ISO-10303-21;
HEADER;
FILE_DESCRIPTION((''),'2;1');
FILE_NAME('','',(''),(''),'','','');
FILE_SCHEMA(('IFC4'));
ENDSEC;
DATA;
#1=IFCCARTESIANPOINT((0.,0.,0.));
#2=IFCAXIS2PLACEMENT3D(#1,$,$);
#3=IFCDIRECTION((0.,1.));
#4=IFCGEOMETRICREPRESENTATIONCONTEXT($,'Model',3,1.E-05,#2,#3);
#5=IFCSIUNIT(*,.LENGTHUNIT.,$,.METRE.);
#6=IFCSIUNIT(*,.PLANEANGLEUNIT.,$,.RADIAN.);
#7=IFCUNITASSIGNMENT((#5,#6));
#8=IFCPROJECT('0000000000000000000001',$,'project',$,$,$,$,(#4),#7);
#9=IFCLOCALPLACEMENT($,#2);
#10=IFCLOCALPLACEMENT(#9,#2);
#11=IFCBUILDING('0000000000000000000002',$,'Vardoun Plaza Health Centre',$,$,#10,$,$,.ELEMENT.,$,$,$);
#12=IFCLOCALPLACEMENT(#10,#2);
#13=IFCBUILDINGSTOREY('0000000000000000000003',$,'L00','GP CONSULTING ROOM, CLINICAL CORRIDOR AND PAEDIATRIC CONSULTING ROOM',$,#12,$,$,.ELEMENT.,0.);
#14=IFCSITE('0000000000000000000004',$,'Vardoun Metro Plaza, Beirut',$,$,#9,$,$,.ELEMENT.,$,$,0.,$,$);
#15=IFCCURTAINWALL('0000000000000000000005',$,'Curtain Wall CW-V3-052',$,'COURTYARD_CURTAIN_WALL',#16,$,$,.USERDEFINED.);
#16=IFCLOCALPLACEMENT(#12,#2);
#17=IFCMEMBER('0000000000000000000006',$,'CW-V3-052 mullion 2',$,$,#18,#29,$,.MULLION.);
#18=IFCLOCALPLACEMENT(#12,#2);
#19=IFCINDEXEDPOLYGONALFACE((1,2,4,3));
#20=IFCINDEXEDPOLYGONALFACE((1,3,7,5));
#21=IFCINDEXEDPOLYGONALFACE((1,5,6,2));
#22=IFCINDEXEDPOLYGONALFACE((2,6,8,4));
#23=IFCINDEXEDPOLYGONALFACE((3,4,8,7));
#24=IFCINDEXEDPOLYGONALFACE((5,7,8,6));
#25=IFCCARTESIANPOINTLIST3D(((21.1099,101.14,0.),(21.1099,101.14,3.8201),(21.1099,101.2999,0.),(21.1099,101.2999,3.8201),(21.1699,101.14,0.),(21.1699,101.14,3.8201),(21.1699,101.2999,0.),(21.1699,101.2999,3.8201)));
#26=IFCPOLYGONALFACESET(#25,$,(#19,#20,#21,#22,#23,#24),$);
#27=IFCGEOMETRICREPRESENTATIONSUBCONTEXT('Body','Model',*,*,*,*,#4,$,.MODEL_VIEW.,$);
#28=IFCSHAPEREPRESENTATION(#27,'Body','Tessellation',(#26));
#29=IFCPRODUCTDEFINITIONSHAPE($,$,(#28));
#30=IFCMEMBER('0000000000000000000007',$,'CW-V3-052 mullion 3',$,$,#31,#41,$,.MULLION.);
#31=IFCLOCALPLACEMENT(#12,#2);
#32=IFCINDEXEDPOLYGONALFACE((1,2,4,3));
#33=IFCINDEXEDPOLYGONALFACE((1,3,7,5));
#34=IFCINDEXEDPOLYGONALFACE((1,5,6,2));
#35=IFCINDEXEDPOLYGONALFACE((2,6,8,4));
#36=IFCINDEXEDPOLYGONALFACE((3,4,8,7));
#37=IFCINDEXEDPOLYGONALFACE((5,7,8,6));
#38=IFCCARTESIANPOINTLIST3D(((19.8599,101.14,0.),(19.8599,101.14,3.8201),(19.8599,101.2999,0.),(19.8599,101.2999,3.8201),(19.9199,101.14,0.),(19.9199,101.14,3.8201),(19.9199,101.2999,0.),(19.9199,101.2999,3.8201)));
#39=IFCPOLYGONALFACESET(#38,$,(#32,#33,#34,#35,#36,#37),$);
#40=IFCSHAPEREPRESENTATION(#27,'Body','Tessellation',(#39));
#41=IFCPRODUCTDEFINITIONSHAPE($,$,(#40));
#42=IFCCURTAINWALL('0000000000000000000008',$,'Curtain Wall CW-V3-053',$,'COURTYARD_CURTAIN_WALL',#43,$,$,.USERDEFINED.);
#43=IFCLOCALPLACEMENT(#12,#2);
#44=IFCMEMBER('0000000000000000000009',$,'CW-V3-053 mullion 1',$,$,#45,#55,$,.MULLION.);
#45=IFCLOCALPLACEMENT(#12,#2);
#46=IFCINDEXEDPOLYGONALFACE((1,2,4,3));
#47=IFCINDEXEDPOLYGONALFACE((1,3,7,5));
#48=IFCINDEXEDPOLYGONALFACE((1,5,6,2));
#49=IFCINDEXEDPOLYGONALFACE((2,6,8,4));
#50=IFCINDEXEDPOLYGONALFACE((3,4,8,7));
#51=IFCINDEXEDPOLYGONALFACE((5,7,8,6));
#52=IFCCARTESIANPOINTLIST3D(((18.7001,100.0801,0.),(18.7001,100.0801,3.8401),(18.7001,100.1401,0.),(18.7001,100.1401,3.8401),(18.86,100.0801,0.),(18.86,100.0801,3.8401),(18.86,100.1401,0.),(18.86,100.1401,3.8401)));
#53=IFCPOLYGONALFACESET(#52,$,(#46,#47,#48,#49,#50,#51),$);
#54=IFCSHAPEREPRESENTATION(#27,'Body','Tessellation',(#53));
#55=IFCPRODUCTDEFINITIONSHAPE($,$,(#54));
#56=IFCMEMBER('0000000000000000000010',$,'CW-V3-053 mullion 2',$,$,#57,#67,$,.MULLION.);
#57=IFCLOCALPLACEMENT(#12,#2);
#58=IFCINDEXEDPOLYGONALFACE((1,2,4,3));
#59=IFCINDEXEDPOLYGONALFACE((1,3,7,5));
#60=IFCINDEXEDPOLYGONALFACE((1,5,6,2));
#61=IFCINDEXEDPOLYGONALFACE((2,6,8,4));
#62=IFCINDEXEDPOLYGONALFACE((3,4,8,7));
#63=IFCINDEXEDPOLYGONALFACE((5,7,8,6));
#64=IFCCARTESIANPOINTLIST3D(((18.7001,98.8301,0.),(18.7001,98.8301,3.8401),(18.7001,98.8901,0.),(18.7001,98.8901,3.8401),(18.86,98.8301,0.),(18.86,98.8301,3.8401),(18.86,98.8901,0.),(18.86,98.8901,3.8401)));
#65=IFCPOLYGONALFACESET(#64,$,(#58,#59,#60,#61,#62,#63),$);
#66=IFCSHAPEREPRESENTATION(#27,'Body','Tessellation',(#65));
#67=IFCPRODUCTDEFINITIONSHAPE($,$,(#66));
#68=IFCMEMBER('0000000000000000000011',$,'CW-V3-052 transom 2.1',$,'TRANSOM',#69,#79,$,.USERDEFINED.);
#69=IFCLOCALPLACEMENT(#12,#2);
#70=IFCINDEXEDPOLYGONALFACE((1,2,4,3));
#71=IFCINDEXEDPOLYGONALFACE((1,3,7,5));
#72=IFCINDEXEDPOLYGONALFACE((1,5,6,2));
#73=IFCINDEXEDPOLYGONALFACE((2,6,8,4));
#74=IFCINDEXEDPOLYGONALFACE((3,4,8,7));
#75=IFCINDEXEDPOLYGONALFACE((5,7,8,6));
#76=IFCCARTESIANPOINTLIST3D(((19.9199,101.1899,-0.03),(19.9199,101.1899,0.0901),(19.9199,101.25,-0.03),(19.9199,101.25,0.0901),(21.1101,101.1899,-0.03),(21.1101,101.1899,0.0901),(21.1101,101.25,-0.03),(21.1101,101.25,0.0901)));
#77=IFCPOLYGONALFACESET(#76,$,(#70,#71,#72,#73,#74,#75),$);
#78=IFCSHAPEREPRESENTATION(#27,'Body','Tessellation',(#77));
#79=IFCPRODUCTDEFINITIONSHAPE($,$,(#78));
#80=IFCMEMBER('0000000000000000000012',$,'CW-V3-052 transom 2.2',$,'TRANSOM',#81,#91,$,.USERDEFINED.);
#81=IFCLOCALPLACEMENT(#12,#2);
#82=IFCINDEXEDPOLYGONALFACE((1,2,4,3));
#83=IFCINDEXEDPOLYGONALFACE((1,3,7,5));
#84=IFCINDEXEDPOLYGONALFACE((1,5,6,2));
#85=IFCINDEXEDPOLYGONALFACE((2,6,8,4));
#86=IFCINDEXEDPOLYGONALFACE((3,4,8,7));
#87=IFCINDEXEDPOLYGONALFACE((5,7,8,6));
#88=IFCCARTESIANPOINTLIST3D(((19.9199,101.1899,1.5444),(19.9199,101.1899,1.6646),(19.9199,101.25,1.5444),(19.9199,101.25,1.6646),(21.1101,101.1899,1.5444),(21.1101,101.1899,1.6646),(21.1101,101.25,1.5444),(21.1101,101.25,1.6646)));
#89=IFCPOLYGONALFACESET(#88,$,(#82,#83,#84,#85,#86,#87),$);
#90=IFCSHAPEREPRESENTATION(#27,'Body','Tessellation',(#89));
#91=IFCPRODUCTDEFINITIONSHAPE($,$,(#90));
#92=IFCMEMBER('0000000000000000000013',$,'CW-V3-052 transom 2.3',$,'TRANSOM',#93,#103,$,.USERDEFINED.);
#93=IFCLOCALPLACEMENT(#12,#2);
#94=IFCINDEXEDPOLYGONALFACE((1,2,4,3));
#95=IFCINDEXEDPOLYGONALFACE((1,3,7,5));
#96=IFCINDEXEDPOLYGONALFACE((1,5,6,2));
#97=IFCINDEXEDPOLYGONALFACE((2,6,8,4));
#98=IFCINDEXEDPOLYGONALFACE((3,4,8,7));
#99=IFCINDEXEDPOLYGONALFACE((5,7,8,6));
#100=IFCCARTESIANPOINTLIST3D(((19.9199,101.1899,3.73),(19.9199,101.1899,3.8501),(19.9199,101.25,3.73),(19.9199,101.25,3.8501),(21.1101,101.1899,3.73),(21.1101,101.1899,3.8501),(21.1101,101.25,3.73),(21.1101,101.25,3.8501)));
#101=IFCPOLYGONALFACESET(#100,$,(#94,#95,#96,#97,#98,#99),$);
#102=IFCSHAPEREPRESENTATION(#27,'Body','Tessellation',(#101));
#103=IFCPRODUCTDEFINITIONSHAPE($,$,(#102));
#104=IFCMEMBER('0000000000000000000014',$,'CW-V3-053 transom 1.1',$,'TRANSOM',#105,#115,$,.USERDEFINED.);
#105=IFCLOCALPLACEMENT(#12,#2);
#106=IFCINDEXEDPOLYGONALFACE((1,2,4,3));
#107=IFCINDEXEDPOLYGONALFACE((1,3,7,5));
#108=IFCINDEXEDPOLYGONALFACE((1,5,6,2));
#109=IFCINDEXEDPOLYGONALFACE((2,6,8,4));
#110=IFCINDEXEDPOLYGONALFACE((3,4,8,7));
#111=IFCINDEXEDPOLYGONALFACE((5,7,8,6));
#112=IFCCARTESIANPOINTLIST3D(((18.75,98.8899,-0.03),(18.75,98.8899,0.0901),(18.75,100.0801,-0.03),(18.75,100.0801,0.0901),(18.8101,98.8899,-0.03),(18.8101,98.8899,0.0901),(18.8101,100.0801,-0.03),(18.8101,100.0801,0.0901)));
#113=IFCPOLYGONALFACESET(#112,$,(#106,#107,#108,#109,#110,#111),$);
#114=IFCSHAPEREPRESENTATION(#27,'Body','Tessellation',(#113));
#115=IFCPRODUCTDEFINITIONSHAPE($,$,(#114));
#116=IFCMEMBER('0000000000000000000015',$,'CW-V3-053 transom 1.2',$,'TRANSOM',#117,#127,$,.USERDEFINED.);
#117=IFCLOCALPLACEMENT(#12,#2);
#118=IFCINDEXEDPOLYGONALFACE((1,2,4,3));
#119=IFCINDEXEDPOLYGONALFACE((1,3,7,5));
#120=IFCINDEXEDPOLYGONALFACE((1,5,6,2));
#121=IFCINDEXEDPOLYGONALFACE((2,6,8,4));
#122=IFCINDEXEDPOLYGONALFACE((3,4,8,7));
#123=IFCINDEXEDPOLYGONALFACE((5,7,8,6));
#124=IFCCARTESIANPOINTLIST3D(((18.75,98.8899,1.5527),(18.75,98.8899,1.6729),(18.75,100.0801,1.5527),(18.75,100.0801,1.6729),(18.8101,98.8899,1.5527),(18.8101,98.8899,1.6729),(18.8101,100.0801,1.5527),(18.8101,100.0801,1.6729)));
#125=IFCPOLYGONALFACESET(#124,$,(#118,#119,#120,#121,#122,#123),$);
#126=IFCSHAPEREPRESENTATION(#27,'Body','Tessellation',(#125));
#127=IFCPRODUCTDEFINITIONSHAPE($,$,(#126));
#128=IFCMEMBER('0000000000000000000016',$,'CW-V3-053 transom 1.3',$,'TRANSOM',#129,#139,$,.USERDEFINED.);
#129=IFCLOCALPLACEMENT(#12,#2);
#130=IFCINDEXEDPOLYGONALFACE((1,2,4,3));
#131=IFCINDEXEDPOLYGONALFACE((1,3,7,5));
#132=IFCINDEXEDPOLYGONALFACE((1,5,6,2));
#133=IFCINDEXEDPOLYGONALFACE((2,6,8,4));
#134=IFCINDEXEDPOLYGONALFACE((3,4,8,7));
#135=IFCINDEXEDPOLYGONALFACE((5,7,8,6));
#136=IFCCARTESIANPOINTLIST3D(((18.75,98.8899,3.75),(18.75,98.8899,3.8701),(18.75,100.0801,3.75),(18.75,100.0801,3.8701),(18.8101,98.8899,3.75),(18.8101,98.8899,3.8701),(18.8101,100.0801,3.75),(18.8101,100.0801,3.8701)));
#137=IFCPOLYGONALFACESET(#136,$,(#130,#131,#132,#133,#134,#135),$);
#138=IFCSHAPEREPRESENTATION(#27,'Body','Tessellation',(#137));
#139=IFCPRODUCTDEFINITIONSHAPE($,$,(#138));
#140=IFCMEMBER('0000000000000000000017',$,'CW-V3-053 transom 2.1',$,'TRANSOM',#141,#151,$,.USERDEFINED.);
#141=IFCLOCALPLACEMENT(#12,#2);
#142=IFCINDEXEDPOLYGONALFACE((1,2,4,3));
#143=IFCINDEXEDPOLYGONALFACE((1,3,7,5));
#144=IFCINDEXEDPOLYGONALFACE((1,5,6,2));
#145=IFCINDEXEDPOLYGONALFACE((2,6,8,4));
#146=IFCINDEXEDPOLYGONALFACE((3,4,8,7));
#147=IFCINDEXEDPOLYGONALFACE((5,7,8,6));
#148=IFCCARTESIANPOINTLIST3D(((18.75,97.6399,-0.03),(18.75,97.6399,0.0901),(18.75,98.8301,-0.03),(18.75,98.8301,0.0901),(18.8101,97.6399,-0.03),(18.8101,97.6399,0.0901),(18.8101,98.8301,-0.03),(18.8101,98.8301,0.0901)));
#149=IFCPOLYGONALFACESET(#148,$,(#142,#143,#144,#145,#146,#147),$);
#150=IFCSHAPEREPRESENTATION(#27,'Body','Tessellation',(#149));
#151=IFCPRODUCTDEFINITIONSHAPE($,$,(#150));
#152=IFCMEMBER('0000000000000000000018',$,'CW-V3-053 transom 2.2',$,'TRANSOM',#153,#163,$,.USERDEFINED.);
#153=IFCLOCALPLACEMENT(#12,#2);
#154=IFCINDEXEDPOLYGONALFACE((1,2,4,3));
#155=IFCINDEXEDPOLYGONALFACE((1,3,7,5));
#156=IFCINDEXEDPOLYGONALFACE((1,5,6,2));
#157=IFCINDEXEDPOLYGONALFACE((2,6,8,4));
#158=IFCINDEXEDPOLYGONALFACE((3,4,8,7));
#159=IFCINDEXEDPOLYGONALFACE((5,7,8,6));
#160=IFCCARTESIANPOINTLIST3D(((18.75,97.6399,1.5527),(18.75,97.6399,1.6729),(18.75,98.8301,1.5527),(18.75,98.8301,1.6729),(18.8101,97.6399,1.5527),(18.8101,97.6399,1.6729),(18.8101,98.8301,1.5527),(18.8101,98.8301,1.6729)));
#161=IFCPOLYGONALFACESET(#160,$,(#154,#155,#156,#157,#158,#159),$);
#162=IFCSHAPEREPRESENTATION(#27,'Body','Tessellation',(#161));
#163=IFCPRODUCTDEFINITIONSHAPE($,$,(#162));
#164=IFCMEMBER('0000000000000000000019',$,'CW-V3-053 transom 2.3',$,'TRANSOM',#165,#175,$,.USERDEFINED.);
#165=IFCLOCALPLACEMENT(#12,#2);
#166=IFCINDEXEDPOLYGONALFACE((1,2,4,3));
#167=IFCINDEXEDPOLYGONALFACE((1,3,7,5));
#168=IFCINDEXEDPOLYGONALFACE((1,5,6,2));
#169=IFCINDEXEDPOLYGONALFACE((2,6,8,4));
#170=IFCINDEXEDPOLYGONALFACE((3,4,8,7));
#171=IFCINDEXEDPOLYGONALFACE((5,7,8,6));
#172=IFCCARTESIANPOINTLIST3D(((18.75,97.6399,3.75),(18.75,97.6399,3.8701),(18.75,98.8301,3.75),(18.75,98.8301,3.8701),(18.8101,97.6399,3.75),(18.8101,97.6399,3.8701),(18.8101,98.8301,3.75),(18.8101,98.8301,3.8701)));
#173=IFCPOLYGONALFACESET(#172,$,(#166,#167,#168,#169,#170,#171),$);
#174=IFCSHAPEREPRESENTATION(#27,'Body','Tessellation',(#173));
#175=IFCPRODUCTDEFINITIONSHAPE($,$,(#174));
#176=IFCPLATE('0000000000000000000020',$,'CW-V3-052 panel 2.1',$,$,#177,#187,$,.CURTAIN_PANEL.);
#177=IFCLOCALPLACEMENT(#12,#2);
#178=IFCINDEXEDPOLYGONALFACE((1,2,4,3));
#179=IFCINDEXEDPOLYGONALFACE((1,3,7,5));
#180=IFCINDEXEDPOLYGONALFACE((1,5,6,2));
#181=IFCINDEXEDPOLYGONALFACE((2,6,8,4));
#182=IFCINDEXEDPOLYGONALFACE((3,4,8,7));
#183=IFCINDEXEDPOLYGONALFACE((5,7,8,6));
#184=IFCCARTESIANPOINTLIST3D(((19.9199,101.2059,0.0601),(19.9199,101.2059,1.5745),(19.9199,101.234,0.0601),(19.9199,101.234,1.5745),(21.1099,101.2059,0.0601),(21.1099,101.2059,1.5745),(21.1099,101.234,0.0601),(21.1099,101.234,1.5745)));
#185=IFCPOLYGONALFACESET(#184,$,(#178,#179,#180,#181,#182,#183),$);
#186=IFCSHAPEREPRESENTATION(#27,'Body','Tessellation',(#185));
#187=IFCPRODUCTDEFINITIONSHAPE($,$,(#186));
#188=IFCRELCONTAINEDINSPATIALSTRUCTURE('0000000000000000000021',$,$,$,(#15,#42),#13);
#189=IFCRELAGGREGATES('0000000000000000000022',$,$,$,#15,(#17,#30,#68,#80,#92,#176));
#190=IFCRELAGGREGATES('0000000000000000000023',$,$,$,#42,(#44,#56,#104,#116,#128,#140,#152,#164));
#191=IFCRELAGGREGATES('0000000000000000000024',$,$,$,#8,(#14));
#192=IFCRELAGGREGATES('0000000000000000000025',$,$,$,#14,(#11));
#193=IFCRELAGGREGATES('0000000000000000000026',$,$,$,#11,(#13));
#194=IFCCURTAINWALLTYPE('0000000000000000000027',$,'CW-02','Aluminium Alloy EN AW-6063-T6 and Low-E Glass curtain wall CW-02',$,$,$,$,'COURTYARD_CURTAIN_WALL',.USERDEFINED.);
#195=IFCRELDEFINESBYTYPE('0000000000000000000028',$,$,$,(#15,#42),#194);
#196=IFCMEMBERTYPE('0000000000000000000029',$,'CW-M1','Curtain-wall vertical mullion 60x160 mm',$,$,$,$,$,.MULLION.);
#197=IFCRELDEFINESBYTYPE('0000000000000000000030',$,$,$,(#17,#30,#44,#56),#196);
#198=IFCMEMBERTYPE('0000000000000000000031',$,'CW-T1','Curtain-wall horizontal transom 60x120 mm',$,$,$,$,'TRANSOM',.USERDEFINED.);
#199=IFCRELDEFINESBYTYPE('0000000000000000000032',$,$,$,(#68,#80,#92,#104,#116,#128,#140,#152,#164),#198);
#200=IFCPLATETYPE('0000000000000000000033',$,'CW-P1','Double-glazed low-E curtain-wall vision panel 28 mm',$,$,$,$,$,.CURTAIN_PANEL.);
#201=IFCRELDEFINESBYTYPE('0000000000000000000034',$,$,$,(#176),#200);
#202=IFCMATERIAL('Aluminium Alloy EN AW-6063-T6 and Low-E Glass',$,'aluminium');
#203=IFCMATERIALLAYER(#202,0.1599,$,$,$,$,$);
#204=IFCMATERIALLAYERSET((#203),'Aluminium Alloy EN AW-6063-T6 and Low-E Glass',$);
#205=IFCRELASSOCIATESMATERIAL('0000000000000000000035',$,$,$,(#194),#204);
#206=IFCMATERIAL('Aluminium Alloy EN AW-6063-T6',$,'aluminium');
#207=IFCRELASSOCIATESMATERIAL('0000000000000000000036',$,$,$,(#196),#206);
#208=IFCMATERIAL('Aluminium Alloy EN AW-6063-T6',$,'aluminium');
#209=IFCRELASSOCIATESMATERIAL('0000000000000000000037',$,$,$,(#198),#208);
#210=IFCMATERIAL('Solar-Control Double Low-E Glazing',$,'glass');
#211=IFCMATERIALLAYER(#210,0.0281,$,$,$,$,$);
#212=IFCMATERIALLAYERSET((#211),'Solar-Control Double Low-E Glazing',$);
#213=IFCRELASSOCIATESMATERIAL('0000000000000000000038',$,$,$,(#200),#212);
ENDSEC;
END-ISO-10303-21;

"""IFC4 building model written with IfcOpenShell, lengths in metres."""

from ifc_helpers import new_model, si_unit, direction, frame, origin, origin_2d, place, context, subcontext, project, spatial, rectangle, extrude, material, layer, layer_set, material_profile, profile_set, type_object, element, aggregate, save


model = new_model("IFC4")

# Units and contexts
model_context = context("Model", 3, precision=1e-05, world=origin(), true_north=direction((0.0, 1.0)))
body_context = subcontext(model_context, "Body", "Model", "MODEL_VIEW")
ifc_project = project(units=[si_unit("LENGTHUNIT", "METRE"), si_unit("PLANEANGLEUNIT", "RADIAN")], contexts=[model_context])

# Site, building, storey
site_placement = place(None, origin())
site = spatial("IfcSite", under=ifc_project, at=site_placement, Name="Vardoun Metro Plaza, Beirut", CompositionType="ELEMENT", RefElevation=0.0)
building_placement = place(site_placement, origin())
building = spatial("IfcBuilding", under=site, at=building_placement, Name="Vardoun Plaza Health Centre", CompositionType="ELEMENT")
storey_placement = place(building_placement, origin())
storey = spatial("IfcBuildingStorey", under=building, at=storey_placement, Name="L00", Description="GP CONSULTING ROOM, CLINICAL CORRIDOR AND PAEDIATRIC CONSULTING ROOM", CompositionType="ELEMENT", Elevation=0.0)

# Curtain walls, members
ifc_material_1 = material(Name="Aluminium Alloy EN AW-6063-T6 and Low-E Glass", Category="aluminium")
ifc_layer_1 = layer(ifc_material_1, 0.1599)
ifc_layer_set_1 = layer_set([ifc_layer_1], Name="Aluminium Alloy EN AW-6063-T6 and Low-E Glass")
curtain_wall_type = type_object("IfcCurtainWallType", Name="CW-02", Description="Aluminium Alloy EN AW-6063-T6 and Low-E Glass curtain wall CW-02", ElementType="COURTYARD_CURTAIN_WALL", PredefinedType="USERDEFINED", material=ifc_layer_set_1)
curtain_wall_1_placement = place(storey_placement, origin())
curtain_wall_1 = element("IfcCurtainWall", 1, at=curtain_wall_1_placement, inside=storey, type_object=curtain_wall_type, Name="Curtain Wall CW-V3-052", ObjectType="COURTYARD_CURTAIN_WALL", PredefinedType="USERDEFINED")
ifc_material_2 = material(Name="Aluminium Alloy EN AW-6063-T6", Category="aluminium")
ifc_material_profile_1 = material_profile(ifc_material_2, rectangle(XDim=0.1599, YDim=0.0601, at=origin_2d()), Name="CWM 60x160")
ifc_profile_set_1 = profile_set([ifc_material_profile_1], Name="Aluminium Alloy EN AW-6063-T6")
member_type_1 = type_object("IfcMemberType", Name="CW-M1", Description="Curtain-wall vertical mullion 60x160 mm", PredefinedType="MULLION", material=ifc_profile_set_1)
member_1_placement = place(storey_placement, frame((21.1399, 101.22, 0.0), z_axis=(0.0, 0.0, 1.0), x_axis=(0.0, -1.0, 0.0)))
member_1 = element("IfcMember", 2, at=member_1_placement, type_object=member_type_1, Name="CW-V3-052 mullion 2", PredefinedType="MULLION", context=body_context, shape_type="SweptSolid", body=[
    extrude(rectangle(XDim=0.1599, YDim=0.0601, at=origin_2d()), origin(), (0.0, 0.0, 1.0), 3.8201),
])
member_2_placement = place(storey_placement, frame((19.8899, 101.22, 0.0), z_axis=(0.0, 0.0, 1.0), x_axis=(0.0, -1.0, 0.0)))
member_2 = element("IfcMember", 3, at=member_2_placement, type_object=member_type_1, Name="CW-V3-052 mullion 3", PredefinedType="MULLION", context=body_context, shape_type="SweptSolid", body=[
    extrude(rectangle(XDim=0.1599, YDim=0.0601, at=origin_2d()), origin(), (0.0, 0.0, 1.0), 3.8201),
])
curtain_wall_2_placement = place(storey_placement, origin())
curtain_wall_2 = element("IfcCurtainWall", 4, at=curtain_wall_2_placement, inside=storey, type_object=curtain_wall_type, Name="Curtain Wall CW-V3-053", ObjectType="COURTYARD_CURTAIN_WALL", PredefinedType="USERDEFINED")
member_3_placement = place(storey_placement, frame((18.78, 100.1101, 0.0), z_axis=(0.0, 0.0, 1.0), x_axis=(1.0, 0.0, 0.0)))
member_3 = element("IfcMember", 5, at=member_3_placement, type_object=member_type_1, Name="CW-V3-053 mullion 1", PredefinedType="MULLION", context=body_context, shape_type="SweptSolid", body=[
    extrude(rectangle(XDim=0.1599, YDim=0.0601, at=origin_2d()), origin(), (0.0, 0.0, 1.0), 3.8401),
])
member_4_placement = place(storey_placement, frame((18.78, 98.8601, 0.0), z_axis=(0.0, 0.0, 1.0), x_axis=(1.0, 0.0, 0.0)))
member_4 = element("IfcMember", 6, at=member_4_placement, type_object=member_type_1, Name="CW-V3-053 mullion 2", PredefinedType="MULLION", context=body_context, shape_type="SweptSolid", body=[
    extrude(rectangle(XDim=0.1599, YDim=0.0601, at=origin_2d()), origin(), (0.0, 0.0, 1.0), 3.8401),
])

# Members
ifc_material_3 = material(Name="Aluminium Alloy EN AW-6063-T6", Category="aluminium")
ifc_material_profile_2 = material_profile(ifc_material_3, rectangle(XDim=0.0601, YDim=0.1201, at=origin_2d()), Name="CWT 60x120")
ifc_profile_set_2 = profile_set([ifc_material_profile_2], Name="Aluminium Alloy EN AW-6063-T6")
member_type_2 = type_object("IfcMemberType", Name="CW-T1", Description="Curtain-wall horizontal transom 60x120 mm", ElementType="TRANSOM", PredefinedType="USERDEFINED", material=ifc_profile_set_2)
member_5_placement = place(storey_placement, frame((21.1101, 101.22, 0.03), z_axis=(-1.0, 0.0, 0.0), x_axis=(0.0, -1.0, 0.0)))
member_5 = element("IfcMember", 7, at=member_5_placement, type_object=member_type_2, Name="CW-V3-052 transom 2.1", ObjectType="TRANSOM", PredefinedType="USERDEFINED", context=body_context, shape_type="SweptSolid", body=[
    extrude(rectangle(XDim=0.0601, YDim=0.1201, at=origin_2d()), origin(), (0.0, 0.0, 1.0), 1.1902),
])
member_6_placement = place(storey_placement, frame((21.1101, 101.22, 1.6045), z_axis=(-1.0, 0.0, 0.0), x_axis=(0.0, -1.0, 0.0)))
member_6 = element("IfcMember", 8, at=member_6_placement, type_object=member_type_2, Name="CW-V3-052 transom 2.2", ObjectType="TRANSOM", PredefinedType="USERDEFINED", context=body_context, shape_type="SweptSolid", body=[
    extrude(rectangle(XDim=0.0601, YDim=0.1201, at=origin_2d()), origin(), (0.0, 0.0, 1.0), 1.1902),
])
member_7_placement = place(storey_placement, frame((21.1101, 101.22, 3.79), z_axis=(-1.0, 0.0, 0.0), x_axis=(0.0, -1.0, 0.0)))
member_7 = element("IfcMember", 9, at=member_7_placement, type_object=member_type_2, Name="CW-V3-052 transom 2.3", ObjectType="TRANSOM", PredefinedType="USERDEFINED", context=body_context, shape_type="SweptSolid", body=[
    extrude(rectangle(XDim=0.0601, YDim=0.1201, at=origin_2d()), origin(), (0.0, 0.0, 1.0), 1.1902),
])
member_8_placement = place(storey_placement, frame((18.78, 100.0801, 0.03), z_axis=(0.0, -1.0, 0.0), x_axis=(1.0, 0.0, 0.0)))
member_8 = element("IfcMember", 10, at=member_8_placement, type_object=member_type_2, Name="CW-V3-053 transom 1.1", ObjectType="TRANSOM", PredefinedType="USERDEFINED", context=body_context, shape_type="SweptSolid", body=[
    extrude(rectangle(XDim=0.0601, YDim=0.1201, at=origin_2d()), origin(), (0.0, 0.0, 1.0), 1.1902),
])
member_9_placement = place(storey_placement, frame((18.78, 100.0801, 1.6128), z_axis=(0.0, -1.0, 0.0), x_axis=(1.0, 0.0, 0.0)))
member_9 = element("IfcMember", 11, at=member_9_placement, type_object=member_type_2, Name="CW-V3-053 transom 1.2", ObjectType="TRANSOM", PredefinedType="USERDEFINED", context=body_context, shape_type="SweptSolid", body=[
    extrude(rectangle(XDim=0.0601, YDim=0.1201, at=origin_2d()), origin(), (0.0, 0.0, 1.0), 1.1902),
])
member_10_placement = place(storey_placement, frame((18.78, 100.0801, 3.8101), z_axis=(0.0, -1.0, 0.0), x_axis=(1.0, 0.0, 0.0)))
member_10 = element("IfcMember", 12, at=member_10_placement, type_object=member_type_2, Name="CW-V3-053 transom 1.3", ObjectType="TRANSOM", PredefinedType="USERDEFINED", context=body_context, shape_type="SweptSolid", body=[
    extrude(rectangle(XDim=0.0601, YDim=0.1201, at=origin_2d()), origin(), (0.0, 0.0, 1.0), 1.1902),
])
member_11_placement = place(storey_placement, frame((18.78, 98.8301, 0.03), z_axis=(0.0, -1.0, 0.0), x_axis=(1.0, 0.0, 0.0)))
member_11 = element("IfcMember", 13, at=member_11_placement, type_object=member_type_2, Name="CW-V3-053 transom 2.1", ObjectType="TRANSOM", PredefinedType="USERDEFINED", context=body_context, shape_type="SweptSolid", body=[
    extrude(rectangle(XDim=0.0601, YDim=0.1201, at=origin_2d()), origin(), (0.0, 0.0, 1.0), 1.1902),
])
member_12_placement = place(storey_placement, frame((18.78, 98.8301, 1.6128), z_axis=(0.0, -1.0, 0.0), x_axis=(1.0, 0.0, 0.0)))
member_12 = element("IfcMember", 14, at=member_12_placement, type_object=member_type_2, Name="CW-V3-053 transom 2.2", ObjectType="TRANSOM", PredefinedType="USERDEFINED", context=body_context, shape_type="SweptSolid", body=[
    extrude(rectangle(XDim=0.0601, YDim=0.1201, at=origin_2d()), origin(), (0.0, 0.0, 1.0), 1.1902),
])
member_13_placement = place(storey_placement, frame((18.78, 98.8301, 3.8101), z_axis=(0.0, -1.0, 0.0), x_axis=(1.0, 0.0, 0.0)))
member_13 = element("IfcMember", 15, at=member_13_placement, type_object=member_type_2, Name="CW-V3-053 transom 2.3", ObjectType="TRANSOM", PredefinedType="USERDEFINED", context=body_context, shape_type="SweptSolid", body=[
    extrude(rectangle(XDim=0.0601, YDim=0.1201, at=origin_2d()), origin(), (0.0, 0.0, 1.0), 1.1902),
])

# Plate
ifc_material_4 = material(Name="Solar-Control Double Low-E Glazing", Category="glass")
ifc_layer_2 = layer(ifc_material_4, 0.0281)
ifc_layer_set_2 = layer_set([ifc_layer_2], Name="Solar-Control Double Low-E Glazing")
plate_type = type_object("IfcPlateType", Name="CW-P1", Description="Double-glazed low-E curtain-wall vision panel 28 mm", PredefinedType="CURTAIN_PANEL", material=ifc_layer_set_2)
plate_1_placement = place(storey_placement, frame((20.5149, 101.22, 0.0601), z_axis=(0.0, 0.0, 1.0), x_axis=(-1.0, 0.0, 0.0)))
plate_1 = element("IfcPlate", 16, at=plate_1_placement, type_object=plate_type, Name="CW-V3-052 panel 2.1", PredefinedType="CURTAIN_PANEL", context=body_context, shape_type="SweptSolid", body=[
    extrude(rectangle(XDim=1.1899, YDim=0.0281, at=origin_2d()), origin(), (0.0, 0.0, 1.0), 1.5144),
])
aggregate(curtain_wall_1, [member_1, member_2, member_5, member_6, member_7, plate_1])
aggregate(curtain_wall_2, [member_3, member_4, member_8, member_9, member_10, member_11, member_12, member_13])

save(model, "model.ifc")
